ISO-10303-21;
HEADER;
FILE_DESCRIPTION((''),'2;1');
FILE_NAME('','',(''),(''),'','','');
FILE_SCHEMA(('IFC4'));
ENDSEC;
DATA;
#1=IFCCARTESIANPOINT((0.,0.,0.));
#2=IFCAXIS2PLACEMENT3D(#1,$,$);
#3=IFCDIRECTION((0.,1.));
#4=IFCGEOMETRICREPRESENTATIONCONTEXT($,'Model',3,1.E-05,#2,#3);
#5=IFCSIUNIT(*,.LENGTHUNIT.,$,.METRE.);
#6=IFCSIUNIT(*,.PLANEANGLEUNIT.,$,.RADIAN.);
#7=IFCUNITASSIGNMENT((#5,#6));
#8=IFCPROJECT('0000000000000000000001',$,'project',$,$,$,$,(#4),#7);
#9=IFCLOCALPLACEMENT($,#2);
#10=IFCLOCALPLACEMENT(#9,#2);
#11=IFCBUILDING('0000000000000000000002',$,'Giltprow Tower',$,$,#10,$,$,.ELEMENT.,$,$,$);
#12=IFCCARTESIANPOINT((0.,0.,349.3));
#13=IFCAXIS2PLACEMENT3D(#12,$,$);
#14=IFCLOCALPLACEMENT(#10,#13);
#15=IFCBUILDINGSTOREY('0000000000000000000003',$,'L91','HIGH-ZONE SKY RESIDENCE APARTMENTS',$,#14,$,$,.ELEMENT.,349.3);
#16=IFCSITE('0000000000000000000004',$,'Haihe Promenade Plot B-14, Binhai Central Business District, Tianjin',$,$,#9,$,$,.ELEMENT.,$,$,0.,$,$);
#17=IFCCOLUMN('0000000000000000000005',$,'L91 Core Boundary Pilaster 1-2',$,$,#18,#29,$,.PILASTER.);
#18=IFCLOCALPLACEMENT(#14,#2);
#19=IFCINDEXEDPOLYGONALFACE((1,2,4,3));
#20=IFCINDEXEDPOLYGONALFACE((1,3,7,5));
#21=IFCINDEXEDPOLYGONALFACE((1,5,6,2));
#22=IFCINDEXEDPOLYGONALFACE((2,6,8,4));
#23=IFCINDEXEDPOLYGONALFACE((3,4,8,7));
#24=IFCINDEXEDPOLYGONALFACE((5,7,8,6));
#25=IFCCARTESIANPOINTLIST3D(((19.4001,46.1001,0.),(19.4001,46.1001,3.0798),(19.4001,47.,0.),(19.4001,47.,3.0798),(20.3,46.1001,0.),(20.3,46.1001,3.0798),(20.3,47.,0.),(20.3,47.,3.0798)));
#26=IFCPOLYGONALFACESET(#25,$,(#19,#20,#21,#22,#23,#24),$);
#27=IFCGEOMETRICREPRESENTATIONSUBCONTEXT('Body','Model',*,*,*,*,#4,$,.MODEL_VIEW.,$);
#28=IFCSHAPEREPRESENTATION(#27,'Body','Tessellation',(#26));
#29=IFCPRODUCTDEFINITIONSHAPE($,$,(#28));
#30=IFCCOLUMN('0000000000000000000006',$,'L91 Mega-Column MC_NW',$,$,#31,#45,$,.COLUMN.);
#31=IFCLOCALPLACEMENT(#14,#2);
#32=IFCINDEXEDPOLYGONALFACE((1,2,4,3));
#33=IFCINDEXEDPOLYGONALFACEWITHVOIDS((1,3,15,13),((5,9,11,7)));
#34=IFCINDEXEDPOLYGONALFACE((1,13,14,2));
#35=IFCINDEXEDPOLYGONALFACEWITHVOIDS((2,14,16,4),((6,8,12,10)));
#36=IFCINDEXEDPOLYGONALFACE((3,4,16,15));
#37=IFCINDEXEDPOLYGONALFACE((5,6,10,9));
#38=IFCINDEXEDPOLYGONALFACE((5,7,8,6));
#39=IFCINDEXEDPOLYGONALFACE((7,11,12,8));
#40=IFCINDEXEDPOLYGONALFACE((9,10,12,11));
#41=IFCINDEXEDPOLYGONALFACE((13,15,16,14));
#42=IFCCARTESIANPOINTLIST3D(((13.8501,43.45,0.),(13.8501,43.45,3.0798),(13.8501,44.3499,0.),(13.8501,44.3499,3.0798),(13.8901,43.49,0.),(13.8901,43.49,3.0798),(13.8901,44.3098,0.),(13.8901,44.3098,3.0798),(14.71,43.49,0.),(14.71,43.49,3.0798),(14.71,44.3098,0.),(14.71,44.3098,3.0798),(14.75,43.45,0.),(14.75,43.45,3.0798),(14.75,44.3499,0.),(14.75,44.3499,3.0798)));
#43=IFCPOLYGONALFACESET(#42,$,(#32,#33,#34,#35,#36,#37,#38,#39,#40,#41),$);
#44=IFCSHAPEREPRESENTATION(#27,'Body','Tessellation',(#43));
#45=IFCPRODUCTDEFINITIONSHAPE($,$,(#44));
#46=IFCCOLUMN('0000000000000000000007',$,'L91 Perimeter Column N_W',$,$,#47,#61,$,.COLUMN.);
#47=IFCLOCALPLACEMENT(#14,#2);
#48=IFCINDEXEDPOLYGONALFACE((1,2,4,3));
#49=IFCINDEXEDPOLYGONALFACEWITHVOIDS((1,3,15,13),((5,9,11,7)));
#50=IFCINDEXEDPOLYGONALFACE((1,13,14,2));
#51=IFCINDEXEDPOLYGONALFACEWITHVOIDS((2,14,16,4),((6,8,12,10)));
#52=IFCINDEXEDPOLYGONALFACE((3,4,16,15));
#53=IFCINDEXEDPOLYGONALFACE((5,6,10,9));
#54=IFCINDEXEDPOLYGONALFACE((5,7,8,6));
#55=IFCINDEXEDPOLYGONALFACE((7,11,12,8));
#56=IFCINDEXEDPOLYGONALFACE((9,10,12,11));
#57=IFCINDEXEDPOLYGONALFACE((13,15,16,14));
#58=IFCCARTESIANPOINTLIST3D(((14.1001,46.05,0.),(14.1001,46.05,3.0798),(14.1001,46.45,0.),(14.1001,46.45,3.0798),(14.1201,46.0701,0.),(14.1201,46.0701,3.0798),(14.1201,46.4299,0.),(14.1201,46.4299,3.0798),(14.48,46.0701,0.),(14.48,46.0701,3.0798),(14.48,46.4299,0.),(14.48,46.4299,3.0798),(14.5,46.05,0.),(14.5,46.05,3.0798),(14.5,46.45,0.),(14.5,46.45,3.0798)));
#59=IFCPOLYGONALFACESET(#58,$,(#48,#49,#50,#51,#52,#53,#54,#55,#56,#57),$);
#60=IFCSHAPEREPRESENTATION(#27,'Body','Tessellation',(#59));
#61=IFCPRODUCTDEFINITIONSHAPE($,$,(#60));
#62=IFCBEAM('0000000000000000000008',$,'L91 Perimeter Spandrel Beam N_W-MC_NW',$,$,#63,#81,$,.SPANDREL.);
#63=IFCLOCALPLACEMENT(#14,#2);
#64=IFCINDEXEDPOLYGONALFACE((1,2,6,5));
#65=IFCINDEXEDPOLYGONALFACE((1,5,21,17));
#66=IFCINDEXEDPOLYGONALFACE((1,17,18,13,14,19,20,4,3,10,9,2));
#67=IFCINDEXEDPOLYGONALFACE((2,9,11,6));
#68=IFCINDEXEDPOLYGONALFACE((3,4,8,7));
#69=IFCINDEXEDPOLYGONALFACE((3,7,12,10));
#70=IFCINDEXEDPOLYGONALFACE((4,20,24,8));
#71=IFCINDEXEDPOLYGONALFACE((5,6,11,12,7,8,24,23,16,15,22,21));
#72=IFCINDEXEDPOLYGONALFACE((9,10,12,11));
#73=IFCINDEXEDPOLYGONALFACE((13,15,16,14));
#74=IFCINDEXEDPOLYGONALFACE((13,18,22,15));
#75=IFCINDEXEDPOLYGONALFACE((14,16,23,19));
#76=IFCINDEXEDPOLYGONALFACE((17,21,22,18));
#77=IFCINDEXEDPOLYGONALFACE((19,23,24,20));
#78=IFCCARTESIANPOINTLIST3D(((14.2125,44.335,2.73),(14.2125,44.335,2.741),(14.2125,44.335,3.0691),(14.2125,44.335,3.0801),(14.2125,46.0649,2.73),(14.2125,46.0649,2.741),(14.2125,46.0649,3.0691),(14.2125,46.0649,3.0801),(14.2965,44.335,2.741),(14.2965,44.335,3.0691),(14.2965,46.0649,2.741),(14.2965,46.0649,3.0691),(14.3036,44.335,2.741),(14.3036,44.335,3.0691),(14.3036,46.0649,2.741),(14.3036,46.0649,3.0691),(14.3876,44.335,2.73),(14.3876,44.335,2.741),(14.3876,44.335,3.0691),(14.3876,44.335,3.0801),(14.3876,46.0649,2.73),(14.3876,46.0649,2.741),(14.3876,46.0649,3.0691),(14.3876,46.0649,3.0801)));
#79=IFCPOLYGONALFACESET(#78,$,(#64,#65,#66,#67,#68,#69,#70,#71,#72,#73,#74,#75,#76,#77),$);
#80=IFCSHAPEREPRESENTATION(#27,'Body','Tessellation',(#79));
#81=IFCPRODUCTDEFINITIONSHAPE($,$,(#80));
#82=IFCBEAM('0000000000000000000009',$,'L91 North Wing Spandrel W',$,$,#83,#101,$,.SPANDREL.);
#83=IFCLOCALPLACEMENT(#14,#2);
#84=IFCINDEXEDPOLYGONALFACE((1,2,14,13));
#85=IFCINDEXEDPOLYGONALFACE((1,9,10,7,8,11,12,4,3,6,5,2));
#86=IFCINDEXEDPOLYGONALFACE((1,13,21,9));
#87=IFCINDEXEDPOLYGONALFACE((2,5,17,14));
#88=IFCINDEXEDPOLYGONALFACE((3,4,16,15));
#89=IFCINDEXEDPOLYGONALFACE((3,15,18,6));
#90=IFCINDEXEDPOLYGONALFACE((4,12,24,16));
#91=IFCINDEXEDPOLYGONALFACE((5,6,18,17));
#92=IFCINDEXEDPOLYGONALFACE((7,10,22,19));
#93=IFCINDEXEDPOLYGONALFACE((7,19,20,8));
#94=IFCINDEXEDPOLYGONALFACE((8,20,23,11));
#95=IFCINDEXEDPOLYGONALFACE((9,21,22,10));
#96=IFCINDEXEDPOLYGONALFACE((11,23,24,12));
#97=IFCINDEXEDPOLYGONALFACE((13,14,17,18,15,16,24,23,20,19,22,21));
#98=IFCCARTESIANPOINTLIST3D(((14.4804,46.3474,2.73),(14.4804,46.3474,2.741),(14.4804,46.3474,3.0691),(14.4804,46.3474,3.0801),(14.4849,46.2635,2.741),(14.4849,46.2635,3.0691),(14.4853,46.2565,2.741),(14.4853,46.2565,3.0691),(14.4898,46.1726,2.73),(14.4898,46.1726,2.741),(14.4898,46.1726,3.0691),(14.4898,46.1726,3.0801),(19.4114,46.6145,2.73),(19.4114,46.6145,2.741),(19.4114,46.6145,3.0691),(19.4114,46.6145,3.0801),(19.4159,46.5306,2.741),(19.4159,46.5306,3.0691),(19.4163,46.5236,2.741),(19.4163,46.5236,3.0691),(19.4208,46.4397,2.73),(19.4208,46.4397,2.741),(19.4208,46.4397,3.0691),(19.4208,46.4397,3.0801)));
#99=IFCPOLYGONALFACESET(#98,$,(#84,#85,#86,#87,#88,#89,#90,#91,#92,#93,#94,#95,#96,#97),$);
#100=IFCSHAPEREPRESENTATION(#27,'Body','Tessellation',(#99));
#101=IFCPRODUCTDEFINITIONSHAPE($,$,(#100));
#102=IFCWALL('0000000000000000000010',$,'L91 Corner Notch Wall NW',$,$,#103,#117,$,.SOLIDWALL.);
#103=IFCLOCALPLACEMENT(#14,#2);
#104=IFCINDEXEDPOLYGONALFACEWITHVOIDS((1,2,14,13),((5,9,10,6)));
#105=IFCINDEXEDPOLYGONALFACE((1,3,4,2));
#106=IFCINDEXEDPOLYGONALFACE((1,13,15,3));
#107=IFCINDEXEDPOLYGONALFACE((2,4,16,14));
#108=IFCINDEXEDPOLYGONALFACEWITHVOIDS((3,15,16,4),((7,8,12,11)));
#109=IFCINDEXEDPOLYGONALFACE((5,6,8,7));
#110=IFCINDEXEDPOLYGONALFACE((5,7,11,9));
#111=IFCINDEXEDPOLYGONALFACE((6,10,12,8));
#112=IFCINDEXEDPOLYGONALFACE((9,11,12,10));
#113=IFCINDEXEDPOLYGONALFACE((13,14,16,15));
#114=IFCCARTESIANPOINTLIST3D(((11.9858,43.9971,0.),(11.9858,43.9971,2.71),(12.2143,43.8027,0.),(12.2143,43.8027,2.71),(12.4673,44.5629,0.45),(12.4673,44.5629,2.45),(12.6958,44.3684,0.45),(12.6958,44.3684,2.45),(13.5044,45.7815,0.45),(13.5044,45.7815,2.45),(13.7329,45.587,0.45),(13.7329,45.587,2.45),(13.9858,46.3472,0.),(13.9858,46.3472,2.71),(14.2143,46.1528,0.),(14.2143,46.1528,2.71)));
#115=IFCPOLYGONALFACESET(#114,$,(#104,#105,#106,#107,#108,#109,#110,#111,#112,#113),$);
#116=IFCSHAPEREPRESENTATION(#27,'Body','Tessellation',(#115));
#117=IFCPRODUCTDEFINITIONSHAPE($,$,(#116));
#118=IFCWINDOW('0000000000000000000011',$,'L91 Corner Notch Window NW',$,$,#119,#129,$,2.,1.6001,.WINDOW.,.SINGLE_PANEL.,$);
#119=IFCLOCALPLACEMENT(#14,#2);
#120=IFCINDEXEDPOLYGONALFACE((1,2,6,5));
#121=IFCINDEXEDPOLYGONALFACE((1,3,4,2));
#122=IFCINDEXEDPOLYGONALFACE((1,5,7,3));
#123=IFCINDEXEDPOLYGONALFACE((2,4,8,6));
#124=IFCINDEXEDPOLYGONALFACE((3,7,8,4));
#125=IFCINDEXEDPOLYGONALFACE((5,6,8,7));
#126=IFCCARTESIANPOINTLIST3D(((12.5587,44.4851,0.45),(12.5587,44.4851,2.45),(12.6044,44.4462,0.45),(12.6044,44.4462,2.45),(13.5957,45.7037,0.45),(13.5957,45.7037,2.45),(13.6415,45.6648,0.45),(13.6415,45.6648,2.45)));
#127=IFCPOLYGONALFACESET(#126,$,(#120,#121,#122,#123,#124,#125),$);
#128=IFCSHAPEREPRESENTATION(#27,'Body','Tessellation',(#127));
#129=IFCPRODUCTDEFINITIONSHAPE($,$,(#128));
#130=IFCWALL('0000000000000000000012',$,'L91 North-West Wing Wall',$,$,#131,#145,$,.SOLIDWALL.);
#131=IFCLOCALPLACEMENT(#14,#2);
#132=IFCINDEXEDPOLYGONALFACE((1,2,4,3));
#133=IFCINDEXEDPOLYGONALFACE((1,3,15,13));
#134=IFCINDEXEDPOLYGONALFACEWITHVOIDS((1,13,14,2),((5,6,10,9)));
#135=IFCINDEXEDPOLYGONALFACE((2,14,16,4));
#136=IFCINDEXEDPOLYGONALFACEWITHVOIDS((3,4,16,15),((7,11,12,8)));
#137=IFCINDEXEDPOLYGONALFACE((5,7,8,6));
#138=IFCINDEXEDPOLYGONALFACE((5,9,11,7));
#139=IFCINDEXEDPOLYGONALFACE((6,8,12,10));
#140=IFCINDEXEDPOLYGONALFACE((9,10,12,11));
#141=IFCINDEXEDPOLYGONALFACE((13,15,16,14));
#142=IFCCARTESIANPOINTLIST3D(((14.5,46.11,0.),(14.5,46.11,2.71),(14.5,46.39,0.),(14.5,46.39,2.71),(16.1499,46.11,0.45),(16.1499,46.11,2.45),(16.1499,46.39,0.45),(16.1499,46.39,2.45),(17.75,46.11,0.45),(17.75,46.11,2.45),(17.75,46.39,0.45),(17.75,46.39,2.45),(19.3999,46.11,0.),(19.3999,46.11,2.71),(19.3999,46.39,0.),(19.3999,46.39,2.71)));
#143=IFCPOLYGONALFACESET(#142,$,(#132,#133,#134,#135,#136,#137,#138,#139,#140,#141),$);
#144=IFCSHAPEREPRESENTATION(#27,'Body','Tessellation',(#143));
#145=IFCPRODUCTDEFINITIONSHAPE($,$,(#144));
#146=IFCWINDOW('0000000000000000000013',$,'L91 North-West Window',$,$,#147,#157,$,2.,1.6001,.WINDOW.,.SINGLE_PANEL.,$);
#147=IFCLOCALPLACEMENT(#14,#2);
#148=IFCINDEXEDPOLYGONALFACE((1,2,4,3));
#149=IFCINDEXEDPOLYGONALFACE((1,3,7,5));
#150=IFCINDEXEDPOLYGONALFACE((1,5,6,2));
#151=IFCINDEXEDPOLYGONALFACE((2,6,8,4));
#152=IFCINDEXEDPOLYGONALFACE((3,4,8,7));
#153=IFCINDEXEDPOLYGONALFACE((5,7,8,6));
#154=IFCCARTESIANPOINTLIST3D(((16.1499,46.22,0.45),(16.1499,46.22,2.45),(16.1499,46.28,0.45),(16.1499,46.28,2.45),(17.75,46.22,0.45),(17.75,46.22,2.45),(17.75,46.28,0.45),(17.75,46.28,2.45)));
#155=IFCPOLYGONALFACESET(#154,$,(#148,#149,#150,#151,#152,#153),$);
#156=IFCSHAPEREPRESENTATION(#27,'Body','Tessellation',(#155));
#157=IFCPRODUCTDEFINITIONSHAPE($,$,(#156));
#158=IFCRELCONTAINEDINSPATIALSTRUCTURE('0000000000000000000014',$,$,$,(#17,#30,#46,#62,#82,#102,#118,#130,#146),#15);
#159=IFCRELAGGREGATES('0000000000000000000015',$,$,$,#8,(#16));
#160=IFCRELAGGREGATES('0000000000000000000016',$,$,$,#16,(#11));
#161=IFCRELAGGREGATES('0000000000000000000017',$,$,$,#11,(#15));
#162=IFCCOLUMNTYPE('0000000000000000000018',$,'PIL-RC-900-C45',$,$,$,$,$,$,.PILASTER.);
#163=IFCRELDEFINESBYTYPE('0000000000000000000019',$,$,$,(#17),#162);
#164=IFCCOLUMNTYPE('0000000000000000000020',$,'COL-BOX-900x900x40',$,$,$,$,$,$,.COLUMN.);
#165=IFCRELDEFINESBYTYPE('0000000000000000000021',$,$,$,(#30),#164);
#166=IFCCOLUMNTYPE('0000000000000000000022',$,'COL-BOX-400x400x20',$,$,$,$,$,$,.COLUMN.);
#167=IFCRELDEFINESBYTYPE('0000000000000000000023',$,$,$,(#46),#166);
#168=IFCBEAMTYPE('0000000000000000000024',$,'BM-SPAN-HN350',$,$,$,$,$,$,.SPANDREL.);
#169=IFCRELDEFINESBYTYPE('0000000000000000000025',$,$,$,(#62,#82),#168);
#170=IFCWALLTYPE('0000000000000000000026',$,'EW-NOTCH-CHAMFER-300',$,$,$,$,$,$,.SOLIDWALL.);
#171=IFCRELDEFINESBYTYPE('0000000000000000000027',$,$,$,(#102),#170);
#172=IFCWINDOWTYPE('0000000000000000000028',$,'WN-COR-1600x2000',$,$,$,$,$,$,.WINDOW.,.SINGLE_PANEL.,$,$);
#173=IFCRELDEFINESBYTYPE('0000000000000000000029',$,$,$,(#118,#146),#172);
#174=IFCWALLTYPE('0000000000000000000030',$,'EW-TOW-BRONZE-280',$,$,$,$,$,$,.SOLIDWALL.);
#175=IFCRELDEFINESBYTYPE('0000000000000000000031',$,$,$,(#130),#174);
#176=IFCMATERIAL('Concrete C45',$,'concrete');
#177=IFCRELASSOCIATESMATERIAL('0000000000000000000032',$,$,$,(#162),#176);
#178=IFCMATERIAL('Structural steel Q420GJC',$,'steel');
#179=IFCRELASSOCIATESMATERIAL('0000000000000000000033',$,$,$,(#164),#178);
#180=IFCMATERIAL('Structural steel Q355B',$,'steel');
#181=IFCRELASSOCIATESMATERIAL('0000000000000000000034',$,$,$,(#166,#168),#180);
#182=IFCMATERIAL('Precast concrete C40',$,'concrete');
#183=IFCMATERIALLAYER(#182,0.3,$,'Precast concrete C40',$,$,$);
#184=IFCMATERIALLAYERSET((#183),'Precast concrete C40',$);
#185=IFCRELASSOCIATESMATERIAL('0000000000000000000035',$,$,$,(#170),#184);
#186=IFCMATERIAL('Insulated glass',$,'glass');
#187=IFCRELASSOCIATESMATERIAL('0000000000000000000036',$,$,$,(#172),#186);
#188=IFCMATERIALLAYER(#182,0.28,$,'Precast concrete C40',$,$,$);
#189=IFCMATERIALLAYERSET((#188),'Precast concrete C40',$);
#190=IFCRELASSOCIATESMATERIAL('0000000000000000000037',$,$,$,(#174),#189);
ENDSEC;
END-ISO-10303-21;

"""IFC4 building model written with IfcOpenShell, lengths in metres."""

from ifc_helpers import new_model, si_unit, direction, frame, frame_2d, origin, origin_2d, place, context, subcontext, project, spatial, rectangle, hollow_rectangle, i_section, extrude, source, transform, mapped, material, layer, layer_set, material_profile, profile_set, type_object, element, fill, save


model = new_model("IFC4")

# Units and contexts
model_context = context("Model", 3, precision=1e-05, world=origin(), true_north=direction((0.0, 1.0)))
body_context = subcontext(model_context, "Body", "Model", "MODEL_VIEW")
ifc_project = project(units=[si_unit("LENGTHUNIT", "METRE"), si_unit("PLANEANGLEUNIT", "RADIAN")], contexts=[model_context])

# Site, building, storey
site_placement = place(None, origin())
site = spatial("IfcSite", under=ifc_project, at=site_placement, Name="Haihe Promenade Plot B-14, Binhai Central Business District, Tianjin", CompositionType="ELEMENT", RefElevation=0.0)
building_placement = place(site_placement, origin())
building = spatial("IfcBuilding", under=site, at=building_placement, Name="Giltprow Tower", CompositionType="ELEMENT")
storey_placement = place(building_placement, frame((0.0, 0.0, 349.3)))
storey = spatial("IfcBuildingStorey", under=building, at=storey_placement, Name="L91", Description="HIGH-ZONE SKY RESIDENCE APARTMENTS", CompositionType="ELEMENT", Elevation=349.3)

# Columns
ifc_material_1 = material(Name="Concrete C45", Category="concrete")
ifc_material_profile_1 = material_profile(ifc_material_1, rectangle(XDim=0.8999, YDim=0.8999, at=origin_2d()), Name="RC 900x900")
ifc_profile_set_1 = profile_set([ifc_material_profile_1], Name="Concrete C45")
column_type_1 = type_object("IfcColumnType", Name="PIL-RC-900-C45", PredefinedType="PILASTER", material=ifc_profile_set_1)
shared_shape_1 = source(origin(), body_context, "Body", "SweptSolid", [
    extrude(rectangle(XDim=0.8999, YDim=0.8999, at=origin_2d()), origin(), (0.0, 0.0, 1.0), 3.0798),
])
column_1_placement = place(storey_placement, frame((19.8501, 46.55, 0.0), z_axis=(0.0, 0.0, 1.0), x_axis=(1.0, 0.0, 0.0)))
element("IfcColumn", 1, at=column_1_placement, inside=storey, type_object=column_type_1, Name="L91 Core Boundary Pilaster 1-2", PredefinedType="PILASTER", context=body_context, shape_type="MappedRepresentation", body=[
    mapped(shared_shape_1, transform((0.0, 0.0, 0.0), x_axis=(1.0, 0.0, 0.0), y_axis=(0.0, 1.0, 0.0), z_axis=(0.0, 0.0, 1.0), scale=1.0)),
])
ifc_material_2 = material(Name="Structural steel Q420GJC", Category="steel")
ifc_material_profile_2 = material_profile(ifc_material_2, hollow_rectangle(XDim=0.8999, YDim=0.8999, WallThickness=0.04, at=origin_2d()), Name="BOX 900x900x40")
ifc_profile_set_2 = profile_set([ifc_material_profile_2], Name="Structural steel Q420GJC")
column_type_2 = type_object("IfcColumnType", Name="COL-BOX-900x900x40", PredefinedType="COLUMN", material=ifc_profile_set_2)
shared_shape_2 = source(origin(), body_context, "Body", "SweptSolid", [
    extrude(hollow_rectangle(XDim=0.8999, YDim=0.8999, WallThickness=0.04, at=origin_2d()), origin(), (0.0, 0.0, 1.0), 3.0798),
])
column_2_placement = place(storey_placement, frame((14.3, 43.8999, 0.0), z_axis=(0.0, 0.0, 1.0), x_axis=(1.0, 0.0, 0.0)))
element("IfcColumn", 2, at=column_2_placement, inside=storey, type_object=column_type_2, Name="L91 Mega-Column MC_NW", PredefinedType="COLUMN", context=body_context, shape_type="MappedRepresentation", body=[
    mapped(shared_shape_2, transform((0.0, 0.0, 0.0), x_axis=(1.0, 0.0, 0.0), y_axis=(0.0, 1.0, 0.0), z_axis=(0.0, 0.0, 1.0), scale=1.0)),
])
ifc_material_3 = material(Name="Structural steel Q355B", Category="steel")
ifc_material_profile_3 = material_profile(ifc_material_3, hollow_rectangle(XDim=0.3999, YDim=0.3999, WallThickness=0.02, at=origin_2d()), Name="BOX 400x400x20")
ifc_profile_set_3 = profile_set([ifc_material_profile_3], Name="Structural steel Q355B")
column_type_3 = type_object("IfcColumnType", Name="COL-BOX-400x400x20", PredefinedType="COLUMN", material=ifc_profile_set_3)
shared_shape_3 = source(origin(), body_context, "Body", "SweptSolid", [
    extrude(hollow_rectangle(XDim=0.3999, YDim=0.3999, WallThickness=0.02, at=origin_2d()), origin(), (0.0, 0.0, 1.0), 3.0798),
])
column_3_placement = place(storey_placement, frame((14.3, 46.25, 0.0), z_axis=(0.0, 0.0, 1.0), x_axis=(1.0, 0.0, 0.0)))
element("IfcColumn", 3, at=column_3_placement, inside=storey, type_object=column_type_3, Name="L91 Perimeter Column N_W", PredefinedType="COLUMN", context=body_context, shape_type="MappedRepresentation", body=[
    mapped(shared_shape_3, transform((0.0, 0.0, 0.0), x_axis=(1.0, 0.0, 0.0), y_axis=(0.0, 1.0, 0.0), z_axis=(0.0, 0.0, 1.0), scale=1.0)),
])

# Beams
ifc_material_profile_4 = material_profile(ifc_material_3, i_section(OverallWidth=0.175, OverallDepth=0.3501, WebThickness=0.0071, FlangeThickness=0.011, at=origin_2d()), Name="HN 350x175x7x11")
ifc_profile_set_4 = profile_set([ifc_material_profile_4], Name="Structural steel Q355B")
beam_type = type_object("IfcBeamType", Name="BM-SPAN-HN350", PredefinedType="SPANDREL", material=ifc_profile_set_4)
shared_shape_4 = source(origin(), body_context, "Body", "SweptSolid", [
    extrude(i_section(OverallWidth=0.175, OverallDepth=0.3501, WebThickness=0.0071, FlangeThickness=0.011, at=origin_2d()), origin(), (0.0, 0.0, 1.0), 1.73),
])
beam_1_placement = place(storey_placement, frame((14.3, 46.0649, 2.905), z_axis=(0.0, -1.0, 0.0), x_axis=(1.0, 0.0, 0.0)))
element("IfcBeam", 4, at=beam_1_placement, inside=storey, type_object=beam_type, Name="L91 Perimeter Spandrel Beam N_W-MC_NW", PredefinedType="SPANDREL", context=body_context, shape_type="MappedRepresentation", body=[
    mapped(shared_shape_4, transform((0.0, 0.0, 0.0), x_axis=(1.0, 0.0, 0.0), y_axis=(0.0, 1.0, 0.0), z_axis=(0.0, 0.0, 1.0), scale=1.0)),
])
shared_shape_5 = source(origin(), body_context, "Body", "SweptSolid", [
    extrude(i_section(OverallWidth=0.175, OverallDepth=0.3501, WebThickness=0.0071, FlangeThickness=0.011, at=origin_2d()), origin(), (0.0, 0.0, 1.0), 4.9382),
])
beam_2_placement = place(storey_placement, frame((14.4851, 46.26, 2.905), z_axis=(0.998536, 0.054087, 0.0), x_axis=(-0.054087, 0.998536, 0.0)))
element("IfcBeam", 5, at=beam_2_placement, inside=storey, type_object=beam_type, Name="L91 North Wing Spandrel W", PredefinedType="SPANDREL", context=body_context, shape_type="MappedRepresentation", body=[
    mapped(shared_shape_5, transform((0.0, 0.0, 0.0), x_axis=(1.0, 0.0, 0.0), y_axis=(0.0, 1.0, 0.0), z_axis=(0.0, 0.0, 1.0), scale=1.0)),
])

# Walls, openings, windows
ifc_material_4 = material(Name="Precast concrete C40", Category="concrete")
ifc_layer_1 = layer(ifc_material_4, 0.3, Name="Precast concrete C40")
ifc_layer_set_1 = layer_set([ifc_layer_1], Name="Precast concrete C40")
wall_type_1 = type_object("IfcWallType", Name="EW-NOTCH-CHAMFER-300", PredefinedType="SOLIDWALL", material=ifc_layer_set_1)
wall_1_placement = place(storey_placement, frame((14.1001, 46.25, 0.0), z_axis=(0.0, 0.0, 1.0), x_axis=(-0.648103, -0.761553, 0.0)))
wall_1 = element("IfcWall", 6, at=wall_1_placement, inside=storey, type_object=wall_type_1, Name="L91 Corner Notch Wall NW", PredefinedType="SOLIDWALL", context=body_context, shape_type="SweptSolid", body=[
    extrude(rectangle(XDim=3.0859, YDim=0.3, at=frame_2d((1.543, 0.0))), origin(), (0.0, 0.0, 1.0), 2.71),
])
opening_1_placement = place(wall_1_placement, frame((0.7429, 0.0, 0.45)))
opening_1 = element("IfcOpeningElement", 7, at=opening_1_placement, cuts=wall_1, PredefinedType="OPENING", context=body_context, shape_type="SweptSolid", body=[
    extrude(rectangle(XDim=1.6001, YDim=2.0, at=frame_2d((0.8, 1.0))), frame((0.0, 0.1599, 0.0), z_axis=(0.0, -1.0, 0.0), x_axis=(1.0, 0.0, 0.0)), (0.0, 0.0, 1.0), 0.3201),
])
ifc_material_5 = material(Name="Insulated glass", Category="glass")
window_type = type_object("IfcWindowType", Name="WN-COR-1600x2000", PartitioningType="SINGLE_PANEL", PredefinedType="WINDOW", material=ifc_material_5)
shared_shape_6 = source(origin(), body_context, "Body", "SweptSolid", [
    extrude(rectangle(XDim=1.6001, YDim=2.0, at=frame_2d((0.8, 1.0))), frame((0.0, 0.03, 0.0), z_axis=(0.0, -1.0, 0.0), x_axis=(1.0, 0.0, 0.0)), (0.0, 0.0, 1.0), 0.0601),
])
window_1_placement = place(opening_1_placement, origin())
window_1 = element("IfcWindow", 8, at=window_1_placement, inside=storey, type_object=window_type, Name="L91 Corner Notch Window NW", OverallHeight=2.0, OverallWidth=1.6001, PartitioningType="SINGLE_PANEL", PredefinedType="WINDOW", context=body_context, shape_type="MappedRepresentation", body=[
    mapped(shared_shape_6, transform((0.0, 0.0, 0.0), x_axis=(1.0, 0.0, 0.0), y_axis=(0.0, 1.0, 0.0), z_axis=(0.0, 0.0, 1.0), scale=1.0)),
])
fill(opening_1, window_1)
ifc_layer_2 = layer(ifc_material_4, 0.28, Name="Precast concrete C40")
ifc_layer_set_2 = layer_set([ifc_layer_2], Name="Precast concrete C40")
wall_type_2 = type_object("IfcWallType", Name="EW-TOW-BRONZE-280", PredefinedType="SOLIDWALL", material=ifc_layer_set_2)
wall_2_placement = place(storey_placement, frame((14.5, 46.25, 0.0), z_axis=(0.0, 0.0, 1.0), x_axis=(1.0, 0.0, 0.0)))
wall_2 = element("IfcWall", 9, at=wall_2_placement, inside=storey, type_object=wall_type_2, Name="L91 North-West Wing Wall", PredefinedType="SOLIDWALL", context=body_context, shape_type="SweptSolid", body=[
    extrude(rectangle(XDim=4.8999, YDim=0.28, at=frame_2d((2.45, 0.0))), origin(), (0.0, 0.0, 1.0), 2.71),
])
opening_2_placement = place(wall_2_placement, frame((1.6499, 0.0, 0.45)))
opening_2 = element("IfcOpeningElement", 10, at=opening_2_placement, cuts=wall_2, PredefinedType="OPENING", context=body_context, shape_type="SweptSolid", body=[
    extrude(rectangle(XDim=1.6001, YDim=2.0, at=frame_2d((0.8, 1.0))), frame((0.0, 0.1499, 0.0), z_axis=(0.0, -1.0, 0.0), x_axis=(1.0, 0.0, 0.0)), (0.0, 0.0, 1.0), 0.3),
])
window_2_placement = place(opening_2_placement, origin())
window_2 = element("IfcWindow", 11, at=window_2_placement, inside=storey, type_object=window_type, Name="L91 North-West Window", OverallHeight=2.0, OverallWidth=1.6001, PartitioningType="SINGLE_PANEL", PredefinedType="WINDOW", context=body_context, shape_type="MappedRepresentation", body=[
    mapped(shared_shape_6, transform((0.0, 0.0, 0.0), x_axis=(1.0, 0.0, 0.0), y_axis=(0.0, 1.0, 0.0), z_axis=(0.0, 0.0, 1.0), scale=1.0)),
])
fill(opening_2, window_2)

save(model, "model.ifc")
